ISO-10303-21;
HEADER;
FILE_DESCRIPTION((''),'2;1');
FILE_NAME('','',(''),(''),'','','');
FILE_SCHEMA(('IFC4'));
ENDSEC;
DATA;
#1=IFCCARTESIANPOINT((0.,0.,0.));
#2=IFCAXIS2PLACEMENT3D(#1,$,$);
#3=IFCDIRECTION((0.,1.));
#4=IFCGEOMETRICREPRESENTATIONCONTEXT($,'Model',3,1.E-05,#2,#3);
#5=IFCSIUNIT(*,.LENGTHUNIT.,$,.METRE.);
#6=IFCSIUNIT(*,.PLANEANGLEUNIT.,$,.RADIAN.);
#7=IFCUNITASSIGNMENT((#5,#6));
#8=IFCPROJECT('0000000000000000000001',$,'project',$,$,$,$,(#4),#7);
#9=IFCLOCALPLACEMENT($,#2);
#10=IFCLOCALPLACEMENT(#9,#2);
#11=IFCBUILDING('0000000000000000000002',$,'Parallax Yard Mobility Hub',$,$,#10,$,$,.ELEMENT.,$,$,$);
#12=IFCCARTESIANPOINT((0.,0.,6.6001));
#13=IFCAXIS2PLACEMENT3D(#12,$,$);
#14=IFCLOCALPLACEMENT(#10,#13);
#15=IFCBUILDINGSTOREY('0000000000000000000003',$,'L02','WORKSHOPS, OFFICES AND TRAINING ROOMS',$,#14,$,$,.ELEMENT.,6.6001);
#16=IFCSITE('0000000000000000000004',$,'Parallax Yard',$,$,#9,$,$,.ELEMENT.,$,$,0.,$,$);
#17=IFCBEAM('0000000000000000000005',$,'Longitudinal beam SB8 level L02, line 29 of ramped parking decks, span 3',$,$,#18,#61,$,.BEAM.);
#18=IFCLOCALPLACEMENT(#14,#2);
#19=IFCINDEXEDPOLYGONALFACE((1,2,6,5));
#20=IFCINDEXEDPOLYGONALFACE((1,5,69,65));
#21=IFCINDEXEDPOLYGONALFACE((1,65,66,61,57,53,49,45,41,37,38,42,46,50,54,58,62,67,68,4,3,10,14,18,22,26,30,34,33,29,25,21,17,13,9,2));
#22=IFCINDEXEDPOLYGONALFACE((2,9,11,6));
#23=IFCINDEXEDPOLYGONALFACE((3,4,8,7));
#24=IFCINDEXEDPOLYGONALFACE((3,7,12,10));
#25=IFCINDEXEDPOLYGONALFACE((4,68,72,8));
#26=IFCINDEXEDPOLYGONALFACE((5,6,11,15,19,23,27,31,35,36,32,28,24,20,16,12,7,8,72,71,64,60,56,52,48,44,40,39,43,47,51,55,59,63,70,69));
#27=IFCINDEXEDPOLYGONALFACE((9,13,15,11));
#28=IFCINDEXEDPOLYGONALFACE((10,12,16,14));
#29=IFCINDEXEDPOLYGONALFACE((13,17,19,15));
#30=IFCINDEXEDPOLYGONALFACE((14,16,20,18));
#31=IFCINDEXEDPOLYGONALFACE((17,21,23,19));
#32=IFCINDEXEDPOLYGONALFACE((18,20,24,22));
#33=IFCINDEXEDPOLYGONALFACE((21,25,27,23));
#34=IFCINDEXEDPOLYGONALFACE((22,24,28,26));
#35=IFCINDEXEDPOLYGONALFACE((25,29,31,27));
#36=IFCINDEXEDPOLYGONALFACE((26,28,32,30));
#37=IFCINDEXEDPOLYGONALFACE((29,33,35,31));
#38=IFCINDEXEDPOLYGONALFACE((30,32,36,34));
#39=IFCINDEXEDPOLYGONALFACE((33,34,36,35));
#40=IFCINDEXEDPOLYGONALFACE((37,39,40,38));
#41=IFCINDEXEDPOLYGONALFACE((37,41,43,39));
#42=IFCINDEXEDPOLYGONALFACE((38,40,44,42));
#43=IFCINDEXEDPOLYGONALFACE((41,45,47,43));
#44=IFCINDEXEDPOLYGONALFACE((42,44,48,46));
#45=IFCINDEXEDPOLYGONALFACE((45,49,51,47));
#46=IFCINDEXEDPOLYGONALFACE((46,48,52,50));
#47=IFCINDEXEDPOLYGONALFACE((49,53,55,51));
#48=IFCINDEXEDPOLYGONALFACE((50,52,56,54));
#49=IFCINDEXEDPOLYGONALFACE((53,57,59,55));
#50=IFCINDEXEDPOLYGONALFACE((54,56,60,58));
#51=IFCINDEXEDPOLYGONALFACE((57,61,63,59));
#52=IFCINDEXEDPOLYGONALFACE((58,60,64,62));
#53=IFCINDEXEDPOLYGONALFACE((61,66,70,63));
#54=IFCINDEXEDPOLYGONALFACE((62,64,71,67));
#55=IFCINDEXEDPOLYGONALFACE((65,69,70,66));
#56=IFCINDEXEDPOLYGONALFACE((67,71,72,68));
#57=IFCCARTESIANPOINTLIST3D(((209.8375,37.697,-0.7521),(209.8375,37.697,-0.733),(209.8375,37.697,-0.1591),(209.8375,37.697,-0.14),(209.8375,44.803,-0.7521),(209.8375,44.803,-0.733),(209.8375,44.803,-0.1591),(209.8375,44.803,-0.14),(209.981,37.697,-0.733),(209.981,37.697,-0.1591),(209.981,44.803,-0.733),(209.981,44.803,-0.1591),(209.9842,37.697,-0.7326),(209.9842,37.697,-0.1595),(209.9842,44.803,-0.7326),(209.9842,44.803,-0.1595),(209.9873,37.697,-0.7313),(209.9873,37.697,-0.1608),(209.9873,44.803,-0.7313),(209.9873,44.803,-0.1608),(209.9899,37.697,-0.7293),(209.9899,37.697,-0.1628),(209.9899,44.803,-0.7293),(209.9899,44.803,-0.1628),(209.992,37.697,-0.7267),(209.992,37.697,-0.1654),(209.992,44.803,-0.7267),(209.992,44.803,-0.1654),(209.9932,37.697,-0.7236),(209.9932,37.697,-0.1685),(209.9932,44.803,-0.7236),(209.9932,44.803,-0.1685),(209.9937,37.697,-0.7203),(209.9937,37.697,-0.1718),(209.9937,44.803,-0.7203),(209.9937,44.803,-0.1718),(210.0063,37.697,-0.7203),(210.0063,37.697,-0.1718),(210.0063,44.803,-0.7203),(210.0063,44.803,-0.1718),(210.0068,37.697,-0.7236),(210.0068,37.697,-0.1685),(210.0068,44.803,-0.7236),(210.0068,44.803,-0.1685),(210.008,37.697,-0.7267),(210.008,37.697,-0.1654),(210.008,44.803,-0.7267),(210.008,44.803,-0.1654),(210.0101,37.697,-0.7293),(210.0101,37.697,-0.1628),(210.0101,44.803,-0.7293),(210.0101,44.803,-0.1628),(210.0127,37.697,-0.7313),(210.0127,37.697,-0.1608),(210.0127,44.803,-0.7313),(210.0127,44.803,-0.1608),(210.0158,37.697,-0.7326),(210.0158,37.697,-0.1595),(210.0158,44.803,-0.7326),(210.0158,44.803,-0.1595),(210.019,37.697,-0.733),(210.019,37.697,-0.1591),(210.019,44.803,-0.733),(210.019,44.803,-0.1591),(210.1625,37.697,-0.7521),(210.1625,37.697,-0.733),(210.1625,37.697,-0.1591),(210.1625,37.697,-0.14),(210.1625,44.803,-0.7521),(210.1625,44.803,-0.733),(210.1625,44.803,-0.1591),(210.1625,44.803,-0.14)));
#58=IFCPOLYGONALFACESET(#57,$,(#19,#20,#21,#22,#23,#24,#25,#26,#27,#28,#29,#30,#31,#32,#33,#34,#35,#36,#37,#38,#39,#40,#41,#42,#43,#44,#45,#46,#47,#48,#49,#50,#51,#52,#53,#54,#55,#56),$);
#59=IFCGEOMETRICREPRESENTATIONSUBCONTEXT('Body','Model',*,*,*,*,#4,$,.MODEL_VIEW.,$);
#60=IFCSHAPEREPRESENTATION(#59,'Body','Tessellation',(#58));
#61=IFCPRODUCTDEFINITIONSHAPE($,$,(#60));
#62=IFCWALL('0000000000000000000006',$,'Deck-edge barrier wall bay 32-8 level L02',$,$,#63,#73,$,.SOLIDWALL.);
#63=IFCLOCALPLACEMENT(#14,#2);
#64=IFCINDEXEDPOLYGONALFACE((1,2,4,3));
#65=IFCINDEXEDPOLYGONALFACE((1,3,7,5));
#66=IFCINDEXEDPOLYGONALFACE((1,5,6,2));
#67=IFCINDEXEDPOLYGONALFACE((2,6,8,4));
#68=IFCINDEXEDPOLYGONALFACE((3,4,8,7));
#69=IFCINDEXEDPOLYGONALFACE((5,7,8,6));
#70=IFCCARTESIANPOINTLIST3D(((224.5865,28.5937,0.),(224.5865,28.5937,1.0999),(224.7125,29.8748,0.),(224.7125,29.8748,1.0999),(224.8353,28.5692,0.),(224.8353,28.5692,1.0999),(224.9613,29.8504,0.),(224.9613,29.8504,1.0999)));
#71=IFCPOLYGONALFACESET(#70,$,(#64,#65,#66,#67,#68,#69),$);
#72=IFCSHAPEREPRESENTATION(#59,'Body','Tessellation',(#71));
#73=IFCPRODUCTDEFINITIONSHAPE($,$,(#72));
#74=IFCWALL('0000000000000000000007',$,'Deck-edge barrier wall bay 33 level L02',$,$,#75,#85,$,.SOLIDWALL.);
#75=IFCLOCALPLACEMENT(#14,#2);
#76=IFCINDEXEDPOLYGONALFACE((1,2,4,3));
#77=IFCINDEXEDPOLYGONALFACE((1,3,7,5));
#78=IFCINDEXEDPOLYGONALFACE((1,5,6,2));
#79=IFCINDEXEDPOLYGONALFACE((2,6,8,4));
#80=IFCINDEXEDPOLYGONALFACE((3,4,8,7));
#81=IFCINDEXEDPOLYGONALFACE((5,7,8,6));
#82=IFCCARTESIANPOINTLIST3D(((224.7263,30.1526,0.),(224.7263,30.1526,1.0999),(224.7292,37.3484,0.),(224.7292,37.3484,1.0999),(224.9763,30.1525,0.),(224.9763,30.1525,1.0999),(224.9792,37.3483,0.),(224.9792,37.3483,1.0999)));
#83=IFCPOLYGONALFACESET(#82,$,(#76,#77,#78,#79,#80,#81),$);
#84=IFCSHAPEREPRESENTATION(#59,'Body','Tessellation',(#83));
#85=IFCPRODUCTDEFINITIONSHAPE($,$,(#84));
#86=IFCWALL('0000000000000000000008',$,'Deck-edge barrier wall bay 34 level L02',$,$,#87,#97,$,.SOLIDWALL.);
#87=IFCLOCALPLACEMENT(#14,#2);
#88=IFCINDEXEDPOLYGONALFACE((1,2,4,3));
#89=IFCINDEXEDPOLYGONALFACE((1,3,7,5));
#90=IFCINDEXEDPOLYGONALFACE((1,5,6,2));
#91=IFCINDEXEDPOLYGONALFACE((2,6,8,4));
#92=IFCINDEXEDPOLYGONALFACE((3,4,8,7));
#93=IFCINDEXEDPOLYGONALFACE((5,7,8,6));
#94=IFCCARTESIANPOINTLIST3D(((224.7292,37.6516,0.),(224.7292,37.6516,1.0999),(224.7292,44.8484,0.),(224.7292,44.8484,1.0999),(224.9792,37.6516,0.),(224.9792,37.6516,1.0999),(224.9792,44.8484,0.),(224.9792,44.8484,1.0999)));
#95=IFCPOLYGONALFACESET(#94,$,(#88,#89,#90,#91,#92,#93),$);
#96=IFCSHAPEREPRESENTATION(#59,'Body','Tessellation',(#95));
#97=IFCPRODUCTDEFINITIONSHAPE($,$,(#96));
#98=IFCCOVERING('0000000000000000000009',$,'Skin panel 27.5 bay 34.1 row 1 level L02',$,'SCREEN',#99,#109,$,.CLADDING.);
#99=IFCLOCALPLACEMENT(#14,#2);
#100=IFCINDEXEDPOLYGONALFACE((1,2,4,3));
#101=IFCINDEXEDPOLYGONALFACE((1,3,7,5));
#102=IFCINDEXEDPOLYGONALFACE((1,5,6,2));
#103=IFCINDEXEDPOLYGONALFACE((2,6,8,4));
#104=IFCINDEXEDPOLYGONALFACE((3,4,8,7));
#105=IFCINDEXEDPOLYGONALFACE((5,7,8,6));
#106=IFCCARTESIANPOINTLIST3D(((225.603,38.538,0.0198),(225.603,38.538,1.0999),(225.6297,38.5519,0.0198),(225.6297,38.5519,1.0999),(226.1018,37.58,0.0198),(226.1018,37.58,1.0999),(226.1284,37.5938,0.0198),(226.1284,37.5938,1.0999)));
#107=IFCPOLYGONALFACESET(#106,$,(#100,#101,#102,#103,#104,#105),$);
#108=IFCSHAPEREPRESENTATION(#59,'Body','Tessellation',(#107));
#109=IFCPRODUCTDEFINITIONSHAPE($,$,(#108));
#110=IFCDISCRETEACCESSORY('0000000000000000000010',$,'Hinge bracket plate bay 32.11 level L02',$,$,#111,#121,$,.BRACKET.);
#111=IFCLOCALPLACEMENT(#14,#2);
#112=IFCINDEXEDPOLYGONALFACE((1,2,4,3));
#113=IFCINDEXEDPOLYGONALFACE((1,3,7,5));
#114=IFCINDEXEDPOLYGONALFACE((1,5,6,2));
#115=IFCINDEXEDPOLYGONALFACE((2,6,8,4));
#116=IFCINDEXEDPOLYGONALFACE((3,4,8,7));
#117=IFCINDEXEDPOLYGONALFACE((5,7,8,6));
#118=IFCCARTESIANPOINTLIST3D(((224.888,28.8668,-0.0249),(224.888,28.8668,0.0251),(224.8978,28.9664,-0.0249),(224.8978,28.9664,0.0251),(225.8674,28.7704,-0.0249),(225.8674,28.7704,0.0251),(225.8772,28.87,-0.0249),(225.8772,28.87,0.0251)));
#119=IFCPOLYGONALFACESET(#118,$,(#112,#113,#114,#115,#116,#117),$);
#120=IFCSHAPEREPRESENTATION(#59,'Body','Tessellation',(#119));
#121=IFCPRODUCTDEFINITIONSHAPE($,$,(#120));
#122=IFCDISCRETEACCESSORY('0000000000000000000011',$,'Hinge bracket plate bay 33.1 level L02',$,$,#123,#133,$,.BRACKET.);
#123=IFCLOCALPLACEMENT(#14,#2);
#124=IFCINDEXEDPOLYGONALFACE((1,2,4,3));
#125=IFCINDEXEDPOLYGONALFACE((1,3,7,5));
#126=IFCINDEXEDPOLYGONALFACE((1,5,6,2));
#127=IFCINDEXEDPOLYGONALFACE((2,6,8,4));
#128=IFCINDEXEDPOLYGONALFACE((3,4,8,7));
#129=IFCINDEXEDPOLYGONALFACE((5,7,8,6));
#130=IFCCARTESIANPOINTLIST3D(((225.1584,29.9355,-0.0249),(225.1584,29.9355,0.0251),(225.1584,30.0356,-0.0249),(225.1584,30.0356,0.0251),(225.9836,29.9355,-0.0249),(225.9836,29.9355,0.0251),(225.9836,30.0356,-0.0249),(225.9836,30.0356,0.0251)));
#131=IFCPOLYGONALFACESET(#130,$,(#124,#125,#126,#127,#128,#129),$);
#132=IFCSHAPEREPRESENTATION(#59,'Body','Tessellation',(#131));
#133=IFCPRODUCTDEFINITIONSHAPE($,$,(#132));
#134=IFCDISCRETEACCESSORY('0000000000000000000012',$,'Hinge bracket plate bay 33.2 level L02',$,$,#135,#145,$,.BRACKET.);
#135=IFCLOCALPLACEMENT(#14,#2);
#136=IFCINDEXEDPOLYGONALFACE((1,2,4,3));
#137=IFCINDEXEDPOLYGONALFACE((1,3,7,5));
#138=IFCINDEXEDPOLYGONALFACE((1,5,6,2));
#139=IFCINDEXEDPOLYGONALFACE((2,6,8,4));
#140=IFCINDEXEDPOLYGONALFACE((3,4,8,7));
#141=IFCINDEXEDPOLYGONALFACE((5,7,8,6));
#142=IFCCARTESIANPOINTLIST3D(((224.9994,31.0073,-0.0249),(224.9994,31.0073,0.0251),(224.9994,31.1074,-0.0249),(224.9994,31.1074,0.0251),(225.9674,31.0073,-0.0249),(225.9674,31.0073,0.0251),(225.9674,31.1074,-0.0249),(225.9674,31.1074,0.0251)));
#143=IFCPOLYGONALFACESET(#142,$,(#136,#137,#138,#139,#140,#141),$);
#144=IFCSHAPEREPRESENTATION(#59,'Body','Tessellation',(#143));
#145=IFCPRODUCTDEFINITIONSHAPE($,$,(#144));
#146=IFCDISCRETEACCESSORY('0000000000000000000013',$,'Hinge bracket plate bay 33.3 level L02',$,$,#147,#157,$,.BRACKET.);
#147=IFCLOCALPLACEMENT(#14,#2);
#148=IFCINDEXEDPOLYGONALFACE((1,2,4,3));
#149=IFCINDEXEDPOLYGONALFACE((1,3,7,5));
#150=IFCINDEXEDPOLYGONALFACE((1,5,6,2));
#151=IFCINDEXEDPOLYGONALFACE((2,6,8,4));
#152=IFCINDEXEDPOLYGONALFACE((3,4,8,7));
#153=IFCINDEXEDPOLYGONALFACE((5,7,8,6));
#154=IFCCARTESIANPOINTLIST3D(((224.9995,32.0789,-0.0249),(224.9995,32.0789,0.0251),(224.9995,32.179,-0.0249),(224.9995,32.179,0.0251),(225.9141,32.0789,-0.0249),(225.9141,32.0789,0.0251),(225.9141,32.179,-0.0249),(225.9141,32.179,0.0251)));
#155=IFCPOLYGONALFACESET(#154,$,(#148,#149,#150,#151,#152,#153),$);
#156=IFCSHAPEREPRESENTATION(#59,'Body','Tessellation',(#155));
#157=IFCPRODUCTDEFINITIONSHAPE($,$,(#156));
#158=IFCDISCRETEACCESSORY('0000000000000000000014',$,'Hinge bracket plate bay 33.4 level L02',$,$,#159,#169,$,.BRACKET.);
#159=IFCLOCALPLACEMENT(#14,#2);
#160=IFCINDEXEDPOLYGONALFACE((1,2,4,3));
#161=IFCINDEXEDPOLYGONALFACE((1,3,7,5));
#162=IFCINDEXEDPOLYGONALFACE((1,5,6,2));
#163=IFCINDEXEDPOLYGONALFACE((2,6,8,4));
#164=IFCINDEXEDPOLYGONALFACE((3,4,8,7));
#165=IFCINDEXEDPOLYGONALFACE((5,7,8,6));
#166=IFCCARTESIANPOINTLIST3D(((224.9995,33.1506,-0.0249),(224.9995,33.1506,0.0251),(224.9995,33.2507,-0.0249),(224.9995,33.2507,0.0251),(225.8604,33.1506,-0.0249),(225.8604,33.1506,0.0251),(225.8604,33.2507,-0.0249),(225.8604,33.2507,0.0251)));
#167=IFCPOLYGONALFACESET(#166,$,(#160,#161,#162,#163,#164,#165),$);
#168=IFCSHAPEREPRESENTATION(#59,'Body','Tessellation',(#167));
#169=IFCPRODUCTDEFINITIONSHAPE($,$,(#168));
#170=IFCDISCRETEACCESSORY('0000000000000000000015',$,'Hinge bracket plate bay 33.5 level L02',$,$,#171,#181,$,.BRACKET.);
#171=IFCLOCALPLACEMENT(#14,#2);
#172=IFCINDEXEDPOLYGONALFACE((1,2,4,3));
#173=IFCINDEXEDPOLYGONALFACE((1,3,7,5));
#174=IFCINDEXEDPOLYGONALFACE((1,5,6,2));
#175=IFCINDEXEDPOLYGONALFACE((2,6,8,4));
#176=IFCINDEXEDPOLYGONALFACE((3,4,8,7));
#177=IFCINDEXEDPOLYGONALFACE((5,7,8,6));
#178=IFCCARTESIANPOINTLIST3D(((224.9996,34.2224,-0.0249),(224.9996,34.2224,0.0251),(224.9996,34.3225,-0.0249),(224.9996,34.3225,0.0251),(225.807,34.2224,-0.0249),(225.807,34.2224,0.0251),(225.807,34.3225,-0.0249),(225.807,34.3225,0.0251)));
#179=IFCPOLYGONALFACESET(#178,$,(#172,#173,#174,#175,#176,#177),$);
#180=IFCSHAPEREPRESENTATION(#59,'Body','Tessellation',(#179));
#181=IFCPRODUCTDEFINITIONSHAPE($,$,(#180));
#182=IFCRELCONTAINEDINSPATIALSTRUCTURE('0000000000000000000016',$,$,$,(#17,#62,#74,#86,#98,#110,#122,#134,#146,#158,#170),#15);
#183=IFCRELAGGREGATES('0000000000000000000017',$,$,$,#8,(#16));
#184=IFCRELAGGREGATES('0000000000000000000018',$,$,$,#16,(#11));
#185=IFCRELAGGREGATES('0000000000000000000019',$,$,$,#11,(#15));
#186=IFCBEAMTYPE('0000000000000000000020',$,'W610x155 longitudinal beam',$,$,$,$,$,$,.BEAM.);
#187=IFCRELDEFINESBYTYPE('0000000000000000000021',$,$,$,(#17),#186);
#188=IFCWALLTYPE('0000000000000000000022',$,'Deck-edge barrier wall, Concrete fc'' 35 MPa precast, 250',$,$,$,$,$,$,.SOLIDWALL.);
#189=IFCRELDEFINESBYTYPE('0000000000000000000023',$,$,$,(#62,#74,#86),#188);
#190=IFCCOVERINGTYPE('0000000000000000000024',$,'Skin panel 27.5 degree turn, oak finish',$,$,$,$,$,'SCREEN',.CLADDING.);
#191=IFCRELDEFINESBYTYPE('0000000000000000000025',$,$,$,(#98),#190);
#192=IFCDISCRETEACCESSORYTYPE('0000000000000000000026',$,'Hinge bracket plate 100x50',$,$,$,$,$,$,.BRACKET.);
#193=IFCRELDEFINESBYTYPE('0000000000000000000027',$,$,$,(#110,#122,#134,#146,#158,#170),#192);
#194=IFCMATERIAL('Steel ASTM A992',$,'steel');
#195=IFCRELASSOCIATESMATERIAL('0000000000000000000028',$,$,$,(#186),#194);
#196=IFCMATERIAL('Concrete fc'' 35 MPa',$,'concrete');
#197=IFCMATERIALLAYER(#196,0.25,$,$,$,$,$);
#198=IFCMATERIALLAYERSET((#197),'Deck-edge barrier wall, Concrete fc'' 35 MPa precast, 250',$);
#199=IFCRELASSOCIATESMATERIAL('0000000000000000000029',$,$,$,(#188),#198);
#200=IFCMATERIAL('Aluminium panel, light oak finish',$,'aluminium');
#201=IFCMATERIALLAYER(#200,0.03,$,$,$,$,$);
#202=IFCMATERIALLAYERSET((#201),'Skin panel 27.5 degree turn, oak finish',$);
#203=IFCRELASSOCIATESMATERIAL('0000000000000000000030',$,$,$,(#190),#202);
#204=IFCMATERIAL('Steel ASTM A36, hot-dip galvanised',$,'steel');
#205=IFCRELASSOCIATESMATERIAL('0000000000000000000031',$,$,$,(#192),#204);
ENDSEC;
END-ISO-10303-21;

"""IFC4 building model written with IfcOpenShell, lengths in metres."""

from ifc_helpers import new_model, si_unit, direction, frame, frame_2d, origin, origin_2d, place, context, subcontext, project, spatial, rectangle, i_section, extrude, material, layer, layer_set, material_profile, profile_set, type_object, element, save


model = new_model("IFC4")

# Units and contexts
model_context = context("Model", 3, precision=1e-05, world=origin(), true_north=direction((0.0, 1.0)))
body_context = subcontext(model_context, "Body", "Model", "MODEL_VIEW")
ifc_project = project(units=[si_unit("LENGTHUNIT", "METRE"), si_unit("PLANEANGLEUNIT", "RADIAN")], contexts=[model_context])

# Site, building, storey
site_placement = place(None, origin())
site = spatial("IfcSite", under=ifc_project, at=site_placement, Name="Parallax Yard", CompositionType="ELEMENT", RefElevation=0.0)
building_placement = place(site_placement, origin())
building = spatial("IfcBuilding", under=site, at=building_placement, Name="Parallax Yard Mobility Hub", CompositionType="ELEMENT")
storey_placement = place(building_placement, frame((0.0, 0.0, 6.6001)))
storey = spatial("IfcBuildingStorey", under=building, at=storey_placement, Name="L02", Description="WORKSHOPS, OFFICES AND TRAINING ROOMS", CompositionType="ELEMENT", Elevation=6.6001)

# Shared definitions
ifc_material_1 = material(Name="Steel ASTM A992", Category="steel")

# Beam
ifc_material_profile_1 = material_profile(ifc_material_1, i_section(OverallWidth=0.325, OverallDepth=0.6121, WebThickness=0.0127, FlangeThickness=0.019, FilletRadius=0.0127, at=origin_2d()), Name="W610x155")
ifc_profile_set_1 = profile_set([ifc_material_profile_1], Name="Steel ASTM A992")
beam_type_1 = type_object("IfcBeamType", Name="W610x155 longitudinal beam", PredefinedType="BEAM", material=ifc_profile_set_1)
beam_1_placement = place(storey_placement, frame((210.0, 37.697, -0.446), z_axis=(0.0, 1.0, 0.0), x_axis=(-1.0, 0.0, 0.0)))
element("IfcBeam", 1, at=beam_1_placement, inside=storey, type_object=beam_type_1, Name="Longitudinal beam SB8 level L02, line 29 of ramped parking decks, span 3", PredefinedType="BEAM", context=body_context, shape_type="SweptSolid", body=[
    extrude(i_section(OverallWidth=0.325, OverallDepth=0.6121, WebThickness=0.0127, FlangeThickness=0.019, FilletRadius=0.0127, at=origin_2d()), origin(), (0.0, 0.0, 1.0), 7.106),
])

# Walls
ifc_material_2 = material(Name="Concrete fc' 35 MPa", Category="concrete")
ifc_layer_1 = layer(ifc_material_2, 0.25)
ifc_layer_set_1 = layer_set([ifc_layer_1], Name="Deck-edge barrier wall, Concrete fc' 35 MPa precast, 250")
wall_type = type_object("IfcWallType", Name="Deck-edge barrier wall, Concrete fc' 35 MPa precast, 250", PredefinedType="SOLIDWALL", material=ifc_layer_set_1)
wall_1_placement = place(storey_placement, frame((224.7109, 28.5815, 0.0), z_axis=(0.0, 0.0, 1.0), x_axis=(0.097851, 0.995201, 0.0)))
element("IfcWall", 2, at=wall_1_placement, inside=storey, type_object=wall_type, Name="Deck-edge barrier wall bay 32-8 level L02", PredefinedType="SOLIDWALL", context=body_context, shape_type="SweptSolid", body=[
    extrude(rectangle(XDim=1.2874, YDim=0.25, at=frame_2d((0.6436, 0.0))), origin(), (0.0, 0.0, 1.0), 1.0999),
])
wall_2_placement = place(storey_placement, frame((224.8513, 30.1526, 0.0), z_axis=(0.0, 0.0, 1.0), x_axis=(0.000407, 1.0, 0.0)))
element("IfcWall", 3, at=wall_2_placement, inside=storey, type_object=wall_type, Name="Deck-edge barrier wall bay 33 level L02", PredefinedType="SOLIDWALL", context=body_context, shape_type="SweptSolid", body=[
    extrude(rectangle(XDim=7.1958, YDim=0.25, at=frame_2d((3.5979, 0.0))), origin(), (0.0, 0.0, 1.0), 1.0999),
])
wall_3_placement = place(storey_placement, frame((224.8542, 37.6516, 0.0), z_axis=(0.0, 0.0, 1.0), x_axis=(0.0, 1.0, 0.0)))
element("IfcWall", 4, at=wall_3_placement, inside=storey, type_object=wall_type, Name="Deck-edge barrier wall bay 34 level L02", PredefinedType="SOLIDWALL", context=body_context, shape_type="SweptSolid", body=[
    extrude(rectangle(XDim=7.1968, YDim=0.25, at=frame_2d((3.5984, 0.0))), origin(), (0.0, 0.0, 1.0), 1.0999),
])

# Covering
ifc_material_3 = material(Name="Aluminium panel, light oak finish", Category="aluminium")
ifc_layer_2 = layer(ifc_material_3, 0.03)
ifc_layer_set_2 = layer_set([ifc_layer_2], Name="Skin panel 27.5 degree turn, oak finish")
covering_type = type_object("IfcCoveringType", Name="Skin panel 27.5 degree turn, oak finish", ElementType="SCREEN", PredefinedType="CLADDING", material=ifc_layer_set_2)
covering_placement = place(storey_placement, frame((225.8657, 38.0659, 0.0198), z_axis=(0.0, 0.0, 1.0), x_axis=(0.461749, -0.887011, 0.0)))
element("IfcCovering", 5, at=covering_placement, inside=storey, type_object=covering_type, Name="Skin panel 27.5 bay 34.1 row 1 level L02", ObjectType="SCREEN", PredefinedType="CLADDING", context=body_context, shape_type="SweptSolid", body=[
    extrude(rectangle(XDim=1.0801, YDim=0.03, at=origin_2d()), origin(), (0.0, 0.0, 1.0), 1.0801),
])

# Discrete accessories
ifc_material_4 = material(Name="Steel ASTM A36, hot-dip galvanised", Category="steel")
discrete_accessory_type_1 = type_object("IfcDiscreteAccessoryType", Name="Hinge bracket plate 100x50", PredefinedType="BRACKET", material=ifc_material_4)
discrete_accessory_1_placement = place(storey_placement, frame((225.3826, 28.8684, -0.0249), z_axis=(0.0, 0.0, 1.0), x_axis=(0.995185, -0.098017, 0.0)))
element("IfcDiscreteAccessory", 6, at=discrete_accessory_1_placement, inside=storey, type_object=discrete_accessory_type_1, Name="Hinge bracket plate bay 32.11 level L02", PredefinedType="BRACKET", context=body_context, shape_type="SweptSolid", body=[
    extrude(rectangle(XDim=0.9841, YDim=0.1001, at=origin_2d()), origin(), (0.0, 0.0, 1.0), 0.05),
])
discrete_accessory_2_placement = place(storey_placement, frame((225.571, 29.9856, -0.0249), z_axis=(0.0, 0.0, 1.0), x_axis=(1.0, 0.0, 0.0)))
element("IfcDiscreteAccessory", 7, at=discrete_accessory_2_placement, inside=storey, type_object=discrete_accessory_type_1, Name="Hinge bracket plate bay 33.1 level L02", PredefinedType="BRACKET", context=body_context, shape_type="SweptSolid", body=[
    extrude(rectangle(XDim=0.8252, YDim=0.1001, at=origin_2d()), origin(), (0.0, 0.0, 1.0), 0.05),
])
discrete_accessory_3_placement = place(storey_placement, frame((225.4834, 31.0574, -0.0249), z_axis=(0.0, 0.0, 1.0), x_axis=(1.0, 0.0, 0.0)))
element("IfcDiscreteAccessory", 8, at=discrete_accessory_3_placement, inside=storey, type_object=discrete_accessory_type_1, Name="Hinge bracket plate bay 33.2 level L02", PredefinedType="BRACKET", context=body_context, shape_type="SweptSolid", body=[
    extrude(rectangle(XDim=0.968, YDim=0.1001, at=origin_2d()), origin(), (0.0, 0.0, 1.0), 0.05),
])
discrete_accessory_4_placement = place(storey_placement, frame((225.4568, 32.1289, -0.0249), z_axis=(0.0, 0.0, 1.0), x_axis=(1.0, 0.0, 0.0)))
element("IfcDiscreteAccessory", 9, at=discrete_accessory_4_placement, inside=storey, type_object=discrete_accessory_type_1, Name="Hinge bracket plate bay 33.3 level L02", PredefinedType="BRACKET", context=body_context, shape_type="SweptSolid", body=[
    extrude(rectangle(XDim=0.9146, YDim=0.1001, at=origin_2d()), origin(), (0.0, 0.0, 1.0), 0.05),
])
discrete_accessory_5_placement = place(storey_placement, frame((225.4299, 33.2007, -0.0249), z_axis=(0.0, 0.0, 1.0), x_axis=(1.0, 0.0, 0.0)))
element("IfcDiscreteAccessory", 10, at=discrete_accessory_5_placement, inside=storey, type_object=discrete_accessory_type_1, Name="Hinge bracket plate bay 33.4 level L02", PredefinedType="BRACKET", context=body_context, shape_type="SweptSolid", body=[
    extrude(rectangle(XDim=0.8608, YDim=0.1001, at=origin_2d()), origin(), (0.0, 0.0, 1.0), 0.05),
])
discrete_accessory_6_placement = place(storey_placement, frame((225.4033, 34.2725, -0.0249), z_axis=(0.0, 0.0, 1.0), x_axis=(1.0, 0.0, 0.0)))
element("IfcDiscreteAccessory", 11, at=discrete_accessory_6_placement, inside=storey, type_object=discrete_accessory_type_1, Name="Hinge bracket plate bay 33.5 level L02", PredefinedType="BRACKET", context=body_context, shape_type="SweptSolid", body=[
    extrude(rectangle(XDim=0.8074, YDim=0.1001, at=origin_2d()), origin(), (0.0, 0.0, 1.0), 0.05),
])

save(model, "model.ifc")
